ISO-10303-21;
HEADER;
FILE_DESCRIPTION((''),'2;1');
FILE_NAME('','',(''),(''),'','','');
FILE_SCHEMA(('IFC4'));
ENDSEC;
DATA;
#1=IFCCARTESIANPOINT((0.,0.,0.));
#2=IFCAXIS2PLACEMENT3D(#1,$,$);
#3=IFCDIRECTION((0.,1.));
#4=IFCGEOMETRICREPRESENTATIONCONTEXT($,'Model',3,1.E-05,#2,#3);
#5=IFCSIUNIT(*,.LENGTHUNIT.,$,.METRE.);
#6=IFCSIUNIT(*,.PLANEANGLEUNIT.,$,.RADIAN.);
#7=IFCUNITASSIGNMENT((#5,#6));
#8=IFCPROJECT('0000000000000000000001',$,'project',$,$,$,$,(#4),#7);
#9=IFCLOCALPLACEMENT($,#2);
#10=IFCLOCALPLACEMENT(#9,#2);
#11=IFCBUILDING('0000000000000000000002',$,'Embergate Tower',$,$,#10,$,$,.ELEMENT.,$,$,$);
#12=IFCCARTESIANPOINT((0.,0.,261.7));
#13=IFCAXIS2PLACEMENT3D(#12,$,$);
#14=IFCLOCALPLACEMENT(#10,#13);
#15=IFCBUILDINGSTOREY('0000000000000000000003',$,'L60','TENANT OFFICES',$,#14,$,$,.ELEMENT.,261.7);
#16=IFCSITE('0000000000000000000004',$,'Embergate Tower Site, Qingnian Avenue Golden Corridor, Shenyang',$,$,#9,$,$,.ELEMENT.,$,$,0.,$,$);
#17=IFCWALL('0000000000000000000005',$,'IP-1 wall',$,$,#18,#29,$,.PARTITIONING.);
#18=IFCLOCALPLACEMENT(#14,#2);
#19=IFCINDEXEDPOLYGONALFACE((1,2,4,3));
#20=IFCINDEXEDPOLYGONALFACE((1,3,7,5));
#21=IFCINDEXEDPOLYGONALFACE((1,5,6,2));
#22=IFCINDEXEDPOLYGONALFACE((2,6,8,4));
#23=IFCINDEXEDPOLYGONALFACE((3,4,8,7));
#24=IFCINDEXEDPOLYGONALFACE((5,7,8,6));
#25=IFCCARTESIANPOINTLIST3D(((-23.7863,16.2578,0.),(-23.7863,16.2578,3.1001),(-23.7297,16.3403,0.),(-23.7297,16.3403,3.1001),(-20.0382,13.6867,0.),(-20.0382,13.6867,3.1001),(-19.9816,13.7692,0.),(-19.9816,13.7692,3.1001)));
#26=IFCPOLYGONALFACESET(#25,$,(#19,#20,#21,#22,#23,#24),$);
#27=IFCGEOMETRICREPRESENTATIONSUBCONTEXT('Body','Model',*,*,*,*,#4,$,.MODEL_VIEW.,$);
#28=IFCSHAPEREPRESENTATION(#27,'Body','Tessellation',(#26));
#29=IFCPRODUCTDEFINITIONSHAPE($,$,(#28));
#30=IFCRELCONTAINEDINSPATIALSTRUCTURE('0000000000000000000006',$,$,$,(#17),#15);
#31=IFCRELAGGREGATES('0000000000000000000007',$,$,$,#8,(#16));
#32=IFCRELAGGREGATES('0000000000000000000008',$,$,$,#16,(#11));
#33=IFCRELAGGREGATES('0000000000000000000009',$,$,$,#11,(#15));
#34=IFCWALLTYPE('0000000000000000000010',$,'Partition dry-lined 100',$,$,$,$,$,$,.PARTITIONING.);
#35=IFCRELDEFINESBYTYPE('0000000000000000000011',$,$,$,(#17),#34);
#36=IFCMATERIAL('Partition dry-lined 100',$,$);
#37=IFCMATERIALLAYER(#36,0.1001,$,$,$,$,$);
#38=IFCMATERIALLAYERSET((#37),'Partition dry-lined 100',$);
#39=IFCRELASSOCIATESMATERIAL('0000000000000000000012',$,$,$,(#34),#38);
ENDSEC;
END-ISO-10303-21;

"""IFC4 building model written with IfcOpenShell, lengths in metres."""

from ifc_helpers import new_model, si_unit, direction, frame, frame_2d, origin, place, context, subcontext, project, spatial, rectangle, extrude, source, transform, mapped, material, layer, layer_set, type_object, element, save


model = new_model("IFC4")

# Units and contexts
model_context = context("Model", 3, precision=1e-05, world=origin(), true_north=direction((0.0, 1.0)))
body_context = subcontext(model_context, "Body", "Model", "MODEL_VIEW")
ifc_project = project(units=[si_unit("LENGTHUNIT", "METRE"), si_unit("PLANEANGLEUNIT", "RADIAN")], contexts=[model_context])

# Site, building, storey
site_placement = place(None, origin())
site = spatial("IfcSite", under=ifc_project, at=site_placement, Name="Embergate Tower Site, Qingnian Avenue Golden Corridor, Shenyang", CompositionType="ELEMENT", RefElevation=0.0)
building_placement = place(site_placement, origin())
building = spatial("IfcBuilding", under=site, at=building_placement, Name="Embergate Tower", CompositionType="ELEMENT")
storey_placement = place(building_placement, frame((0.0, 0.0, 261.7)))
storey = spatial("IfcBuildingStorey", under=building, at=storey_placement, Name="L60", Description="TENANT OFFICES", CompositionType="ELEMENT", Elevation=261.7)

# Wall
ifc_material_1 = material(Name="Partition dry-lined 100")
ifc_layer_1 = layer(ifc_material_1, 0.1001)
ifc_layer_set_1 = layer_set([ifc_layer_1], Name="Partition dry-lined 100")
wall_type = type_object("IfcWallType", Name="Partition dry-lined 100", PredefinedType="PARTITIONING", material=ifc_layer_set_1)
shared_shape_1 = source(origin(), body_context, "Body", "SweptSolid", [
    extrude(rectangle(XDim=4.5452, YDim=0.1001, at=frame_2d((2.2725, 0.0))), origin(), (0.0, 0.0, 1.0), 3.1001),
])
wall_1_placement = place(storey_placement, frame((-20.01, 13.728, 0.0), z_axis=(0.0, 0.0, 1.0), x_axis=(-0.824631, 0.565671, 0.0)))
element("IfcWall", 1, at=wall_1_placement, inside=storey, type_object=wall_type, Name="IP-1 wall", PredefinedType="PARTITIONING", context=body_context, shape_type="MappedRepresentation", body=[
    mapped(shared_shape_1, transform((0.0, 0.0, 0.0))),
])

save(model, "model.ifc")
